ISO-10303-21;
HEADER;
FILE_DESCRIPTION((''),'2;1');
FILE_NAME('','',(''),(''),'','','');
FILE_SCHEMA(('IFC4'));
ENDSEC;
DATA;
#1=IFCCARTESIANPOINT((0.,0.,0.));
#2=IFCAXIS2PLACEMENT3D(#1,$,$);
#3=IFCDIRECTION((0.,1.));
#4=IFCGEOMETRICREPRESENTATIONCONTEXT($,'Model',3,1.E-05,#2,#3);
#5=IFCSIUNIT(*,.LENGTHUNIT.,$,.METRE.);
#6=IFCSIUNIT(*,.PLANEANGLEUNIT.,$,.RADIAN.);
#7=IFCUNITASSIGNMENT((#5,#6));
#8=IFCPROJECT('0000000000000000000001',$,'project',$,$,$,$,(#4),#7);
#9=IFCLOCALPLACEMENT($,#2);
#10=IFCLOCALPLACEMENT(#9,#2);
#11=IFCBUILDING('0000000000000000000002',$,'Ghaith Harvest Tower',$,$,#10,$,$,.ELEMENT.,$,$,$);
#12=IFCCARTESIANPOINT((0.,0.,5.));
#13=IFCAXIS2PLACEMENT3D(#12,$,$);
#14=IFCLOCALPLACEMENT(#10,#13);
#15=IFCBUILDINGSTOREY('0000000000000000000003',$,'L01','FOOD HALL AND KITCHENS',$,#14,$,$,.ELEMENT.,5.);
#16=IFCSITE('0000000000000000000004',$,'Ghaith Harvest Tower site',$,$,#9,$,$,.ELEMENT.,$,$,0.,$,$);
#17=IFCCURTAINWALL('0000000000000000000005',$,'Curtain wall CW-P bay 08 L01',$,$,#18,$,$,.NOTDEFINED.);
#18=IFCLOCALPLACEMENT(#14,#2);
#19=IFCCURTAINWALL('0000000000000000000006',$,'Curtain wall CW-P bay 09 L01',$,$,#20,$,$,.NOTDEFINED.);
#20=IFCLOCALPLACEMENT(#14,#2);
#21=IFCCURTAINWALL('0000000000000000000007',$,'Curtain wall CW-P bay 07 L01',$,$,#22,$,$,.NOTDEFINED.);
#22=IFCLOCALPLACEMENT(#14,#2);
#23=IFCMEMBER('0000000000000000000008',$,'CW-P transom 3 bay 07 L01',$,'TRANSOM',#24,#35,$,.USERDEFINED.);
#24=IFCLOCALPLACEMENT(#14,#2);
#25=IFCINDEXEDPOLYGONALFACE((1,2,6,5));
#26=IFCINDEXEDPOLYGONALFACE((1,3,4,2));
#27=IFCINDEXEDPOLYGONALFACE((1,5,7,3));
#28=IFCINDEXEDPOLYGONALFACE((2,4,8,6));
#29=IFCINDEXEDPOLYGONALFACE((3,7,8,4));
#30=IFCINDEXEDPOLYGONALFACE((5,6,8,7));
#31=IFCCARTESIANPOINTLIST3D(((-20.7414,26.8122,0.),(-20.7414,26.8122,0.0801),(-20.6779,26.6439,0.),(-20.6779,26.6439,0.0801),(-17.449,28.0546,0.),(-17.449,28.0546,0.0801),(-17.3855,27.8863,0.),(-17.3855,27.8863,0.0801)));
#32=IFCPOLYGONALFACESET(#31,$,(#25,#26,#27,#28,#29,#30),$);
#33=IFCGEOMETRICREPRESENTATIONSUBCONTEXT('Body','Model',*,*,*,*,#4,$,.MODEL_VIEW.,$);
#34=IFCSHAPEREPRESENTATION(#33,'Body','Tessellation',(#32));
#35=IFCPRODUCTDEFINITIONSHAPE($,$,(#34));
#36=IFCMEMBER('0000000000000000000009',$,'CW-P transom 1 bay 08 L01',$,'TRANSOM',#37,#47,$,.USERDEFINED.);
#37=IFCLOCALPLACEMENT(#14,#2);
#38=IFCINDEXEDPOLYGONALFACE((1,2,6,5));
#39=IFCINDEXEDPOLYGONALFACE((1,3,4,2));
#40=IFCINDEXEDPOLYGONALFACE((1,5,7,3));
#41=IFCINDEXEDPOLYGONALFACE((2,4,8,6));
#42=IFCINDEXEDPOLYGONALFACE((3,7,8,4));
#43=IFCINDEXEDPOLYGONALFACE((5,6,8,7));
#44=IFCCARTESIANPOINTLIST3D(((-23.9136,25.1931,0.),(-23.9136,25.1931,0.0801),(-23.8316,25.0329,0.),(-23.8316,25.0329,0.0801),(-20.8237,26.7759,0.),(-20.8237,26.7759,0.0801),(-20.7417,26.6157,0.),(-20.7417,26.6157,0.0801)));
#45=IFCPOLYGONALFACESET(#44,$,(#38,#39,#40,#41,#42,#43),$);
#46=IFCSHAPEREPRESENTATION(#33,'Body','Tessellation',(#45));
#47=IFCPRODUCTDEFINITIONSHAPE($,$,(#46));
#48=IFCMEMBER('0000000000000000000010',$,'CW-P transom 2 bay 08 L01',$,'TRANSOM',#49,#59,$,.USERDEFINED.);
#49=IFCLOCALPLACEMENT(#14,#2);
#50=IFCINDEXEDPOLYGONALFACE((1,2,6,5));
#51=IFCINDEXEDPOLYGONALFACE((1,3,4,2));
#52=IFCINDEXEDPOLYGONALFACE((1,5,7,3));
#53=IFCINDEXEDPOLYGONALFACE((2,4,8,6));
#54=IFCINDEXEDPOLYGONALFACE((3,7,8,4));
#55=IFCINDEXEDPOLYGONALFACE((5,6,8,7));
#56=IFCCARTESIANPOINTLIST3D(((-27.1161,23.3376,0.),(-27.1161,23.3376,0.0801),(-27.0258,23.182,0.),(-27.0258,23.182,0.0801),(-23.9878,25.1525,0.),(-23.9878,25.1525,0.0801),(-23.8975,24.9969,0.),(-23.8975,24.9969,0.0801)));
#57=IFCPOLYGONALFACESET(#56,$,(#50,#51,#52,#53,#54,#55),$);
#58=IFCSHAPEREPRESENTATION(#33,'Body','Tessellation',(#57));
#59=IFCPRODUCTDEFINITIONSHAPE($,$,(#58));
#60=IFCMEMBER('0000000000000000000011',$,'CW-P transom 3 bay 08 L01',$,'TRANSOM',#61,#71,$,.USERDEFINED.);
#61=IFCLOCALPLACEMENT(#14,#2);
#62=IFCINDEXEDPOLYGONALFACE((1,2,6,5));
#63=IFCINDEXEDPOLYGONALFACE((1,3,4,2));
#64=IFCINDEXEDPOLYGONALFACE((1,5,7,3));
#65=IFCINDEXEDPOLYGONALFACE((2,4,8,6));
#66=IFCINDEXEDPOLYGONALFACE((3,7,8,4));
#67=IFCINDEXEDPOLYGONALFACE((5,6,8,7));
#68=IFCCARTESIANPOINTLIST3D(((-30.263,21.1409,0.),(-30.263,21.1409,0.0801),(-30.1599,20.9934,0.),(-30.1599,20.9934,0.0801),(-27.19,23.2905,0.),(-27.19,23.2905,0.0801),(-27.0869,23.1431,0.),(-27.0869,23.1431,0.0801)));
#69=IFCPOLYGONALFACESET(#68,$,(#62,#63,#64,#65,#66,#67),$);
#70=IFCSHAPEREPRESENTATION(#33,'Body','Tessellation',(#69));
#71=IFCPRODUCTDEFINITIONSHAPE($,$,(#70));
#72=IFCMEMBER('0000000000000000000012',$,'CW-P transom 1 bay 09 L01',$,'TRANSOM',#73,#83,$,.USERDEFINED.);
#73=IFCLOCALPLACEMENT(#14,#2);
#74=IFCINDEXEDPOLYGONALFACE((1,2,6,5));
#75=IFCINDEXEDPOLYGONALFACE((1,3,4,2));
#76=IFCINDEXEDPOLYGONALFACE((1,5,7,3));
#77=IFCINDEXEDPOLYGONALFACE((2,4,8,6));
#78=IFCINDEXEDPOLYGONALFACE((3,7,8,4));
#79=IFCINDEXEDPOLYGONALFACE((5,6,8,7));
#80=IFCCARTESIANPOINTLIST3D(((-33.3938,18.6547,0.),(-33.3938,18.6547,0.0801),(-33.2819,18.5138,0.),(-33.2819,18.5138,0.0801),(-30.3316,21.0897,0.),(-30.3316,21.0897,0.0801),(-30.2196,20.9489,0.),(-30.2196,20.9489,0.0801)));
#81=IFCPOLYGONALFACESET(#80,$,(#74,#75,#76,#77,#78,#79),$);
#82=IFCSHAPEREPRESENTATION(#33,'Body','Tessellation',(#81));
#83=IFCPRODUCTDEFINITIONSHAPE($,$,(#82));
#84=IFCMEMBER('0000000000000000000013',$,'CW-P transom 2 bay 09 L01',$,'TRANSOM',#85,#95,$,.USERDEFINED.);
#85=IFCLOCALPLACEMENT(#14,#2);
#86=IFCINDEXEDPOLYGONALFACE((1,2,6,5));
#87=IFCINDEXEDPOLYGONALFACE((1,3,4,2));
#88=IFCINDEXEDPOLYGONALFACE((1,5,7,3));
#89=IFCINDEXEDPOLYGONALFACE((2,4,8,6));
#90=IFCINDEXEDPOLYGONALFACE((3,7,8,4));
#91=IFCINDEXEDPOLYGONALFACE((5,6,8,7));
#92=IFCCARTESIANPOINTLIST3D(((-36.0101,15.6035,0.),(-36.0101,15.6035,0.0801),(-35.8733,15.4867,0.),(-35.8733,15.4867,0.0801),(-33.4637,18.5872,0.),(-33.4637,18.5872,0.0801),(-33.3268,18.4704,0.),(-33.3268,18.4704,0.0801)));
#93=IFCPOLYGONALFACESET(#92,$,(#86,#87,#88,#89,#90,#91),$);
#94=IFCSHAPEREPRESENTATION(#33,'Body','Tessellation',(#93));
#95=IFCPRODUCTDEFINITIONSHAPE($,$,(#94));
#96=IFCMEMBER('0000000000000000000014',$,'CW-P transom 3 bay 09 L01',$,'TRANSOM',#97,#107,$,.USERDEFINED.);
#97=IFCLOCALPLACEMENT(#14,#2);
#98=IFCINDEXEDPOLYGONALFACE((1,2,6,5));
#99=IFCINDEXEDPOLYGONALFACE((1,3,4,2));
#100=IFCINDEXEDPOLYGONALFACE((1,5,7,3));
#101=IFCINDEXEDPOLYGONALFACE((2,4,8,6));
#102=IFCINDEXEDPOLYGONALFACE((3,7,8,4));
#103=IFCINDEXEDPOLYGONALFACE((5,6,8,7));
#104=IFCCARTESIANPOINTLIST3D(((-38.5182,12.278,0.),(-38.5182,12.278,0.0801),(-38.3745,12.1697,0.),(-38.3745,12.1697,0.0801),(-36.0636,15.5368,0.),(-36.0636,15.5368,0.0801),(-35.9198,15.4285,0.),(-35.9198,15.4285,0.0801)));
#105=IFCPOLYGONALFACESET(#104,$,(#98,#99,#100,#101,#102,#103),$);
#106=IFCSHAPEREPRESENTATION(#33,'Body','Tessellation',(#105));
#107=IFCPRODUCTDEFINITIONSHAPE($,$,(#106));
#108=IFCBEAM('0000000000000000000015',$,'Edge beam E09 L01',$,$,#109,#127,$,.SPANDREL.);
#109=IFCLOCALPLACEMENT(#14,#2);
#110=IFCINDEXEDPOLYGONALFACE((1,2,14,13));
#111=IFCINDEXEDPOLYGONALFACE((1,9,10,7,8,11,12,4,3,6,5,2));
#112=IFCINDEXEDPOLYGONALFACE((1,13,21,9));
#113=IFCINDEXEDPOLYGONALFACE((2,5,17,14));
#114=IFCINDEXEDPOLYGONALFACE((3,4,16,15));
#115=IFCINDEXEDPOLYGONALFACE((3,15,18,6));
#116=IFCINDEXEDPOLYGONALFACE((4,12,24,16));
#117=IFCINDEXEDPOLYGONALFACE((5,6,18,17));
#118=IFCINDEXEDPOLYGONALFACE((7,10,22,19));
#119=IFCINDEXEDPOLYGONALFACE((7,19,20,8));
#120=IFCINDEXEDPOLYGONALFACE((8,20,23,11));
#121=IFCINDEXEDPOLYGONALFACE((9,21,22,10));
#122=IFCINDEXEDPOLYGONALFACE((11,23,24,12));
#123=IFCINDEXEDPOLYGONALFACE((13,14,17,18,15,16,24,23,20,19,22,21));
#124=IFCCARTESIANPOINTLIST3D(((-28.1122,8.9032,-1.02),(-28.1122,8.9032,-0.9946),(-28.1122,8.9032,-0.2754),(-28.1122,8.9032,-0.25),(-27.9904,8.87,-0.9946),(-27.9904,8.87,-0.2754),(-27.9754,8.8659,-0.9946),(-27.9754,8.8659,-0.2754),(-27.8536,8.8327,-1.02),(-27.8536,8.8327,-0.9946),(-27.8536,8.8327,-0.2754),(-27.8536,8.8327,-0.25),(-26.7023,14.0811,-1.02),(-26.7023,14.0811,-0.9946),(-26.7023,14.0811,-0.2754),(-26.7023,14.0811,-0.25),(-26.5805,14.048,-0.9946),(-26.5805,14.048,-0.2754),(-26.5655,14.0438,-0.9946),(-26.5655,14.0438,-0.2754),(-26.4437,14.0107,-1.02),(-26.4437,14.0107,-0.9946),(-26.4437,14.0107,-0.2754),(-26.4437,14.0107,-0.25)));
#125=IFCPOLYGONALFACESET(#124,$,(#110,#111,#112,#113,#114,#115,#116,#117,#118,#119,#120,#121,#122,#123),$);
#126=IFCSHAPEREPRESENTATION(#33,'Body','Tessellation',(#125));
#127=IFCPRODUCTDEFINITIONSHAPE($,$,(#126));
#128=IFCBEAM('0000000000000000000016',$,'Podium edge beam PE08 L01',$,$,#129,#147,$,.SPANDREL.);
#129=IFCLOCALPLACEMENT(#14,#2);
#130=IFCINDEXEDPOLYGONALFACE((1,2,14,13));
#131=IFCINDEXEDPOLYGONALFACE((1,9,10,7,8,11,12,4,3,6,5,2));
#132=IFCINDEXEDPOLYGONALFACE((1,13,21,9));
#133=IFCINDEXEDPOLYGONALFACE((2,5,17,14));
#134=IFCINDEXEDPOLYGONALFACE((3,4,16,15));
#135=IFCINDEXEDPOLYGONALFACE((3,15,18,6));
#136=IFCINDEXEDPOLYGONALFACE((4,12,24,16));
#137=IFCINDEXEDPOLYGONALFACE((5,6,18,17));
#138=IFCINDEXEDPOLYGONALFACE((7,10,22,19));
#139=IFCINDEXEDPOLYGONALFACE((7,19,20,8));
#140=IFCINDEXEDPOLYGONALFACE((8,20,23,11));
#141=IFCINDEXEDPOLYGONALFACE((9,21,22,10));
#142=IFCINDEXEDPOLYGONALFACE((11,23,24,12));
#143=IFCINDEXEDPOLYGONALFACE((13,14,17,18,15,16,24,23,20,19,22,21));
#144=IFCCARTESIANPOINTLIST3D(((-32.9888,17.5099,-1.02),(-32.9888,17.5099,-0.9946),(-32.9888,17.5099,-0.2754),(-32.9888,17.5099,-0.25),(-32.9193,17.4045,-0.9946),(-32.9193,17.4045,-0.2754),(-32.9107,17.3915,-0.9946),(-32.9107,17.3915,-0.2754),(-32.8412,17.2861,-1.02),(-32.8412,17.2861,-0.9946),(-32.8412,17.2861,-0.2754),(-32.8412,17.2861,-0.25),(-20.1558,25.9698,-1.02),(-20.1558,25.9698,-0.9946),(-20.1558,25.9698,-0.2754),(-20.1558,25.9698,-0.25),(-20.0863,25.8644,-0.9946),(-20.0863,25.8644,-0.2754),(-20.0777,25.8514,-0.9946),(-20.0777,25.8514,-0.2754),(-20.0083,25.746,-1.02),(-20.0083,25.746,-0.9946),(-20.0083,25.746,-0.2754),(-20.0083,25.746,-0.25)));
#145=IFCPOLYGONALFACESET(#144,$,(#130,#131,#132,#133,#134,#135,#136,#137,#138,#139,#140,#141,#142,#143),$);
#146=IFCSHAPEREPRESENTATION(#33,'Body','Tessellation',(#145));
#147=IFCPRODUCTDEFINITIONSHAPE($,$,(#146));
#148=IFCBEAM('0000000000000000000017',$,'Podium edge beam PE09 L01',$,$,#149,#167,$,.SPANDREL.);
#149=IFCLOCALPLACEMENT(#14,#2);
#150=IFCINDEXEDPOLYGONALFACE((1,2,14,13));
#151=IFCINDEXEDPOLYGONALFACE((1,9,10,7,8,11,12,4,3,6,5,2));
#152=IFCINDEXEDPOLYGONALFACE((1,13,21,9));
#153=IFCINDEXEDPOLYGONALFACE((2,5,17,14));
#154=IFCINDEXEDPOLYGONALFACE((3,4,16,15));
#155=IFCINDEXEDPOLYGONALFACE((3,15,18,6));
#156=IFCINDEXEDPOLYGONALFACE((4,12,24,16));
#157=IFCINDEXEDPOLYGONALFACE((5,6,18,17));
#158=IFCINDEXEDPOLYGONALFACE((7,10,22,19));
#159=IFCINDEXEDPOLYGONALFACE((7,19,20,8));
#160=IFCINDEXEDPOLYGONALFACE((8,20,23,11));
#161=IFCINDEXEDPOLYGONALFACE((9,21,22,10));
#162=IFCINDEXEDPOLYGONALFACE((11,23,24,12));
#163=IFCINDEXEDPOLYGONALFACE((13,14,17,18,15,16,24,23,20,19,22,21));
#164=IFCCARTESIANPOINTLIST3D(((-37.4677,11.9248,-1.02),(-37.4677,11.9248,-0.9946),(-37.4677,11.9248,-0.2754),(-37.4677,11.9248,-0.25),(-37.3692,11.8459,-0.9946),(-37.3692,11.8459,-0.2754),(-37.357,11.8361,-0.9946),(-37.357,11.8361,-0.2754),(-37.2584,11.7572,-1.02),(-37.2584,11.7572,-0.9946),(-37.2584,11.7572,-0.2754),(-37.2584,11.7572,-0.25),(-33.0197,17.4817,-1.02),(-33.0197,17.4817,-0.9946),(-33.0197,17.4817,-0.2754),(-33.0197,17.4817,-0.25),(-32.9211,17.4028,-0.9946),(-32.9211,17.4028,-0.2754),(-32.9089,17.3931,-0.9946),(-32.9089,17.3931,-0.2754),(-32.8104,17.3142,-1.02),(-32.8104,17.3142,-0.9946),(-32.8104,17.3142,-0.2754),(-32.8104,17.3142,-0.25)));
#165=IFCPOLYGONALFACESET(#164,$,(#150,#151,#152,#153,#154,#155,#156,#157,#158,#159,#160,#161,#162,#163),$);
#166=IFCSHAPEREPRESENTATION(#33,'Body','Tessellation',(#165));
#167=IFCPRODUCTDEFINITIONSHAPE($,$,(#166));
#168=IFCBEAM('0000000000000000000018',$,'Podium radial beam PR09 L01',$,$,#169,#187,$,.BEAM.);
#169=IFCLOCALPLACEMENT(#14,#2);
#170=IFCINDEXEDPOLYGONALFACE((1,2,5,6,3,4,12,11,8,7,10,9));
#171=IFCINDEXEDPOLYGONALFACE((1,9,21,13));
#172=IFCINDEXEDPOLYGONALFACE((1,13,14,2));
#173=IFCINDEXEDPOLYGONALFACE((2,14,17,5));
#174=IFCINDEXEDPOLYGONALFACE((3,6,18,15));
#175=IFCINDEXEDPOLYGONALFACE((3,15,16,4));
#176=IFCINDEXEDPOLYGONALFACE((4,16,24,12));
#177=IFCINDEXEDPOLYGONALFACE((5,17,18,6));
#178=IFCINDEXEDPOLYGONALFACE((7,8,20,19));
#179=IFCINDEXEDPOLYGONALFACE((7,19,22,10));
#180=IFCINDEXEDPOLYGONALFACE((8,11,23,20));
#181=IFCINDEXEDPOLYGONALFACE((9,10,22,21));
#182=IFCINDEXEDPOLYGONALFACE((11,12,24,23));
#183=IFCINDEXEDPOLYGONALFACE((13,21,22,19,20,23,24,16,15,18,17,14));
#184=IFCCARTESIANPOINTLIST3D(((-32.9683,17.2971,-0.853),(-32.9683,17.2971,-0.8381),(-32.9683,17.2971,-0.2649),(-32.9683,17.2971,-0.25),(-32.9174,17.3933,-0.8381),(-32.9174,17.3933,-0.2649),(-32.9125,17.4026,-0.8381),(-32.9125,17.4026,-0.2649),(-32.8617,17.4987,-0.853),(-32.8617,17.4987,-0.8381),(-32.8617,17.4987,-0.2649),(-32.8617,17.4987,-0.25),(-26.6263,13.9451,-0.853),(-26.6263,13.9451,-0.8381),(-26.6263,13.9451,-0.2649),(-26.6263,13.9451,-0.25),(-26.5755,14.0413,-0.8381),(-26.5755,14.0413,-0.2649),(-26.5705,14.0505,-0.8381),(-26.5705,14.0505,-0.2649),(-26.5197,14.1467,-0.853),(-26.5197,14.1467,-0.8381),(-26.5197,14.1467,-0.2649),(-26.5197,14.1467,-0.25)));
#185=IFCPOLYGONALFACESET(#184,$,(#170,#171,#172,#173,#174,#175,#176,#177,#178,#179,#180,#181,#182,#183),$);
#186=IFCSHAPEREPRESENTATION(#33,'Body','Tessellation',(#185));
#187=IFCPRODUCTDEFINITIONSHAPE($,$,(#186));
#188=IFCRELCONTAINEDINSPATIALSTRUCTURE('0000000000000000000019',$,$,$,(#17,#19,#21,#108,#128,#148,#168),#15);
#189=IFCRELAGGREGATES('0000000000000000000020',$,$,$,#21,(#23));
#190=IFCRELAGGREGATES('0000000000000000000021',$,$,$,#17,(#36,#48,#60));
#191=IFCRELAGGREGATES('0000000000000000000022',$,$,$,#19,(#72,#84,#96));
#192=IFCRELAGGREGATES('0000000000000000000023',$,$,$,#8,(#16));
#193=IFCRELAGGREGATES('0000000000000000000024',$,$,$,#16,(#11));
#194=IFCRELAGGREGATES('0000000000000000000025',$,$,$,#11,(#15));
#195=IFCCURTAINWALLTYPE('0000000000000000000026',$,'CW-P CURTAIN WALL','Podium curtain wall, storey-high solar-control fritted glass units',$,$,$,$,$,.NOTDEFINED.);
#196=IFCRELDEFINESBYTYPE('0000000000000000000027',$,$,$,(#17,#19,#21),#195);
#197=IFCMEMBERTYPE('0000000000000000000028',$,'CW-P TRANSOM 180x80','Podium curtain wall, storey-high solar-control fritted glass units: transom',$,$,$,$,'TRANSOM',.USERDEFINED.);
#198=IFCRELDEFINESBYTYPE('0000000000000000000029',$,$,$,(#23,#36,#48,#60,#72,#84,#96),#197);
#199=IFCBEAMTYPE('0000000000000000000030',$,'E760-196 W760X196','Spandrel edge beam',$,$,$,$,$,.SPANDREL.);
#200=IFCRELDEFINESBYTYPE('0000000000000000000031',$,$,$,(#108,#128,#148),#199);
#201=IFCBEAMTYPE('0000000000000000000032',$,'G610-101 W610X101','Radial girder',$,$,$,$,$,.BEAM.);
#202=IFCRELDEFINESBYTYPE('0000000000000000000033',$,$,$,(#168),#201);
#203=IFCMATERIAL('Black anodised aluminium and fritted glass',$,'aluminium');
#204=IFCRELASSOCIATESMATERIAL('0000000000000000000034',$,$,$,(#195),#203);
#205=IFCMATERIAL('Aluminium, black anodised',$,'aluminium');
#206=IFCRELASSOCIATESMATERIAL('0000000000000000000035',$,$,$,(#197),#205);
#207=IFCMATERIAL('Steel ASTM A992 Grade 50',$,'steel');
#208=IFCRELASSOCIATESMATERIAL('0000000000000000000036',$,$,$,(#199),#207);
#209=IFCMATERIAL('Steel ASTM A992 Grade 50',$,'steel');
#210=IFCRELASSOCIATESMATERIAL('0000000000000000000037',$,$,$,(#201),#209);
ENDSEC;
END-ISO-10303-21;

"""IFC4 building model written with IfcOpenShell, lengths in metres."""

from ifc_helpers import new_model, si_unit, direction, frame, origin, origin_2d, place, context, subcontext, project, spatial, rectangle, i_section, extrude, material, material_profile, profile_set, type_object, element, aggregate, save


model = new_model("IFC4")

# Units and contexts
model_context = context("Model", 3, precision=1e-05, world=origin(), true_north=direction((0.0, 1.0)))
body_context = subcontext(model_context, "Body", "Model", "MODEL_VIEW")
ifc_project = project(units=[si_unit("LENGTHUNIT", "METRE"), si_unit("PLANEANGLEUNIT", "RADIAN")], contexts=[model_context])

# Site, building, storey
site_placement = place(None, origin())
site = spatial("IfcSite", under=ifc_project, at=site_placement, Name="Ghaith Harvest Tower site", CompositionType="ELEMENT", RefElevation=0.0)
building_placement = place(site_placement, origin())
building = spatial("IfcBuilding", under=site, at=building_placement, Name="Ghaith Harvest Tower", CompositionType="ELEMENT")
storey_placement = place(building_placement, frame((0.0, 0.0, 5.0)))
storey = spatial("IfcBuildingStorey", under=building, at=storey_placement, Name="L01", Description="FOOD HALL AND KITCHENS", CompositionType="ELEMENT", Elevation=5.0)

# Curtain walls
ifc_material_1 = material(Name="Black anodised aluminium and fritted glass", Category="aluminium")
curtain_wall_type = type_object("IfcCurtainWallType", Name="CW-P CURTAIN WALL", Description="Podium curtain wall, storey-high solar-control fritted glass units", PredefinedType="NOTDEFINED", material=ifc_material_1)
curtain_wall_1_placement = place(storey_placement, origin())
curtain_wall_1 = element("IfcCurtainWall", 1, at=curtain_wall_1_placement, inside=storey, type_object=curtain_wall_type, Name="Curtain wall CW-P bay 08 L01", PredefinedType="NOTDEFINED")
curtain_wall_2_placement = place(storey_placement, origin())
curtain_wall_2 = element("IfcCurtainWall", 2, at=curtain_wall_2_placement, inside=storey, type_object=curtain_wall_type, Name="Curtain wall CW-P bay 09 L01", PredefinedType="NOTDEFINED")

# Curtain wall, member
curtain_wall_3_placement = place(storey_placement, origin())
curtain_wall_3 = element("IfcCurtainWall", 3, at=curtain_wall_3_placement, inside=storey, type_object=curtain_wall_type, Name="Curtain wall CW-P bay 07 L01", PredefinedType="NOTDEFINED")
ifc_material_2 = material(Name="Aluminium, black anodised", Category="aluminium")
ifc_material_profile_1 = material_profile(ifc_material_2, rectangle(XDim=0.1799, YDim=0.0801, at=origin_2d()), Name="CW-P TRANSOM 180x80")
ifc_profile_set_1 = profile_set([ifc_material_profile_1], Name="Aluminium, black anodised")
member_type_1 = type_object("IfcMemberType", Name="CW-P TRANSOM 180x80", Description="Podium curtain wall, storey-high solar-control fritted glass units: transom", ElementType="TRANSOM", PredefinedType="USERDEFINED", material=ifc_profile_set_1)
member_1_placement = place(storey_placement, frame((-17.4172, 27.9705, 0.04), z_axis=(-0.935603, -0.353054, 0.0), x_axis=(0.353054, -0.935603, 0.0)))
member_1 = element("IfcMember", 4, at=member_1_placement, type_object=member_type_1, Name="CW-P transom 3 bay 07 L01", ObjectType="TRANSOM", PredefinedType="USERDEFINED", context=body_context, shape_type="SweptSolid", body=[
    extrude(rectangle(XDim=0.1799, YDim=0.0801, at=origin_2d()), origin(), (0.0, 0.0, 1.0), 3.519),
])

# Members
member_2_placement = place(storey_placement, frame((-20.7827, 26.6958, 0.04), z_axis=(-0.890025, -0.455913, 0.0), x_axis=(0.455913, -0.890025, 0.0)))
member_2 = element("IfcMember", 5, at=member_2_placement, type_object=member_type_1, Name="CW-P transom 1 bay 08 L01", ObjectType="TRANSOM", PredefinedType="USERDEFINED", context=body_context, shape_type="SweptSolid", body=[
    extrude(rectangle(XDim=0.1799, YDim=0.0801, at=origin_2d()), origin(), (0.0, 0.0, 1.0), 3.4717),
])
member_3_placement = place(storey_placement, frame((-23.9426, 25.0747, 0.04), z_axis=(-0.864976, -0.501813, 0.0), x_axis=(0.501813, -0.864976, 0.0)))
member_3 = element("IfcMember", 6, at=member_3_placement, type_object=member_type_1, Name="CW-P transom 2 bay 08 L01", ObjectType="TRANSOM", PredefinedType="USERDEFINED", context=body_context, shape_type="SweptSolid", body=[
    extrude(rectangle(XDim=0.1799, YDim=0.0801, at=origin_2d()), origin(), (0.0, 0.0, 1.0), 3.6167),
])
member_4_placement = place(storey_placement, frame((-27.1384, 23.2168, 0.04), z_axis=(-0.819412, -0.573205, 0.0), x_axis=(0.573205, -0.819412, 0.0)))
member_4 = element("IfcMember", 7, at=member_4_placement, type_object=member_type_1, Name="CW-P transom 3 bay 08 L01", ObjectType="TRANSOM", PredefinedType="USERDEFINED", context=body_context, shape_type="SweptSolid", body=[
    extrude(rectangle(XDim=0.1799, YDim=0.0801, at=origin_2d()), origin(), (0.0, 0.0, 1.0), 3.7502),
])
member_5_placement = place(storey_placement, frame((-30.2756, 21.0193, 0.04), z_axis=(-0.782704, -0.622394, 0.0), x_axis=(0.622394, -0.782704, 0.0)))
member_5 = element("IfcMember", 8, at=member_5_placement, type_object=member_type_1, Name="CW-P transom 1 bay 09 L01", ObjectType="TRANSOM", PredefinedType="USERDEFINED", context=body_context, shape_type="SweptSolid", body=[
    extrude(rectangle(XDim=0.1799, YDim=0.0801, at=origin_2d()), origin(), (0.0, 0.0, 1.0), 3.9124),
])
member_6_placement = place(storey_placement, frame((-33.3953, 18.5288, 0.04), z_axis=(-0.64917, -0.760643, 0.0), x_axis=(0.760643, -0.64917, 0.0)))
member_6 = element("IfcMember", 9, at=member_6_placement, type_object=member_type_1, Name="CW-P transom 2 bay 09 L01", ObjectType="TRANSOM", PredefinedType="USERDEFINED", context=body_context, shape_type="SweptSolid", body=[
    extrude(rectangle(XDim=0.1799, YDim=0.0801, at=origin_2d()), origin(), (0.0, 0.0, 1.0), 3.9226),
])
member_7_placement = place(storey_placement, frame((-35.9917, 15.4827, 0.04), z_axis=(-0.601646, -0.798763, 0.0), x_axis=(0.798763, -0.601646, 0.0)))
member_7 = element("IfcMember", 10, at=member_7_placement, type_object=member_type_1, Name="CW-P transom 3 bay 09 L01", ObjectType="TRANSOM", PredefinedType="USERDEFINED", context=body_context, shape_type="SweptSolid", body=[
    extrude(rectangle(XDim=0.1799, YDim=0.0801, at=origin_2d()), origin(), (0.0, 0.0, 1.0), 4.0798),
])

# Beams
ifc_material_3 = material(Name="Steel ASTM A992 Grade 50", Category="steel")
ifc_material_profile_2 = material_profile(ifc_material_3, i_section(OverallWidth=0.2681, OverallDepth=0.77, WebThickness=0.0156, FlangeThickness=0.0254, at=origin_2d()), Name="W760X196")
ifc_profile_set_2 = profile_set([ifc_material_profile_2], Name="Steel ASTM A992 Grade 50")
beam_type_1 = type_object("IfcBeamType", Name="E760-196 W760X196", Description="Spandrel edge beam", PredefinedType="SPANDREL", material=ifc_profile_set_2)
beam_1_placement = place(storey_placement, frame((-26.573, 14.0459, -0.635), z_axis=(-0.262725, -0.964871, 0.0), x_axis=(0.964871, -0.262725, 0.0)))
element("IfcBeam", 11, at=beam_1_placement, inside=storey, type_object=beam_type_1, Name="Edge beam E09 L01", PredefinedType="SPANDREL", context=body_context, shape_type="SweptSolid", body=[
    extrude(i_section(OverallWidth=0.2681, OverallDepth=0.77, WebThickness=0.0156, FlangeThickness=0.0254, at=origin_2d()), origin(), (0.0, 0.0, 1.0), 5.3665),
])
beam_2_placement = place(storey_placement, frame((-20.082, 25.8579, -0.635), z_axis=(-0.834903, -0.550397, 0.0), x_axis=(0.550397, -0.834903, 0.0)))
element("IfcBeam", 12, at=beam_2_placement, inside=storey, type_object=beam_type_1, Name="Podium edge beam PE08 L01", PredefinedType="SPANDREL", context=body_context, shape_type="SweptSolid", body=[
    extrude(i_section(OverallWidth=0.2681, OverallDepth=0.77, WebThickness=0.0156, FlangeThickness=0.0254, at=origin_2d()), origin(), (0.0, 0.0, 1.0), 15.3706),
])
beam_3_placement = place(storey_placement, frame((-32.915, 17.3979, -0.635), z_axis=(-0.624908, -0.780698, 0.0), x_axis=(0.780698, -0.624908, 0.0)))
element("IfcBeam", 13, at=beam_3_placement, inside=storey, type_object=beam_type_1, Name="Podium edge beam PE09 L01", PredefinedType="SPANDREL", context=body_context, shape_type="SweptSolid", body=[
    extrude(i_section(OverallWidth=0.2681, OverallDepth=0.77, WebThickness=0.0156, FlangeThickness=0.0254, at=origin_2d()), origin(), (0.0, 0.0, 1.0), 7.1179),
])
ifc_material_4 = material(Name="Steel ASTM A992 Grade 50", Category="steel")
ifc_material_profile_3 = material_profile(ifc_material_4, i_section(OverallWidth=0.228, OverallDepth=0.603, WebThickness=0.0105, FlangeThickness=0.0149, at=origin_2d()), Name="W610X101")
ifc_profile_set_3 = profile_set([ifc_material_profile_3], Name="Steel ASTM A992 Grade 50")
beam_type_2 = type_object("IfcBeamType", Name="G610-101 W610X101", Description="Radial girder", PredefinedType="BEAM", material=ifc_profile_set_3)
beam_4_placement = place(storey_placement, frame((-26.573, 14.0459, -0.5515), z_axis=(-0.884105, 0.467289, 0.0), x_axis=(-0.467289, -0.884105, 0.0)))
element("IfcBeam", 14, at=beam_4_placement, inside=storey, type_object=beam_type_2, Name="Podium radial beam PR09 L01", PredefinedType="BEAM", context=body_context, shape_type="SweptSolid", body=[
    extrude(i_section(OverallWidth=0.228, OverallDepth=0.603, WebThickness=0.0105, FlangeThickness=0.0149, at=origin_2d()), origin(), (0.0, 0.0, 1.0), 7.1733),
])

aggregate(curtain_wall_3, [member_1])
aggregate(curtain_wall_1, [member_2, member_3, member_4])
aggregate(curtain_wall_2, [member_5, member_6, member_7])

save(model, "model.ifc")
